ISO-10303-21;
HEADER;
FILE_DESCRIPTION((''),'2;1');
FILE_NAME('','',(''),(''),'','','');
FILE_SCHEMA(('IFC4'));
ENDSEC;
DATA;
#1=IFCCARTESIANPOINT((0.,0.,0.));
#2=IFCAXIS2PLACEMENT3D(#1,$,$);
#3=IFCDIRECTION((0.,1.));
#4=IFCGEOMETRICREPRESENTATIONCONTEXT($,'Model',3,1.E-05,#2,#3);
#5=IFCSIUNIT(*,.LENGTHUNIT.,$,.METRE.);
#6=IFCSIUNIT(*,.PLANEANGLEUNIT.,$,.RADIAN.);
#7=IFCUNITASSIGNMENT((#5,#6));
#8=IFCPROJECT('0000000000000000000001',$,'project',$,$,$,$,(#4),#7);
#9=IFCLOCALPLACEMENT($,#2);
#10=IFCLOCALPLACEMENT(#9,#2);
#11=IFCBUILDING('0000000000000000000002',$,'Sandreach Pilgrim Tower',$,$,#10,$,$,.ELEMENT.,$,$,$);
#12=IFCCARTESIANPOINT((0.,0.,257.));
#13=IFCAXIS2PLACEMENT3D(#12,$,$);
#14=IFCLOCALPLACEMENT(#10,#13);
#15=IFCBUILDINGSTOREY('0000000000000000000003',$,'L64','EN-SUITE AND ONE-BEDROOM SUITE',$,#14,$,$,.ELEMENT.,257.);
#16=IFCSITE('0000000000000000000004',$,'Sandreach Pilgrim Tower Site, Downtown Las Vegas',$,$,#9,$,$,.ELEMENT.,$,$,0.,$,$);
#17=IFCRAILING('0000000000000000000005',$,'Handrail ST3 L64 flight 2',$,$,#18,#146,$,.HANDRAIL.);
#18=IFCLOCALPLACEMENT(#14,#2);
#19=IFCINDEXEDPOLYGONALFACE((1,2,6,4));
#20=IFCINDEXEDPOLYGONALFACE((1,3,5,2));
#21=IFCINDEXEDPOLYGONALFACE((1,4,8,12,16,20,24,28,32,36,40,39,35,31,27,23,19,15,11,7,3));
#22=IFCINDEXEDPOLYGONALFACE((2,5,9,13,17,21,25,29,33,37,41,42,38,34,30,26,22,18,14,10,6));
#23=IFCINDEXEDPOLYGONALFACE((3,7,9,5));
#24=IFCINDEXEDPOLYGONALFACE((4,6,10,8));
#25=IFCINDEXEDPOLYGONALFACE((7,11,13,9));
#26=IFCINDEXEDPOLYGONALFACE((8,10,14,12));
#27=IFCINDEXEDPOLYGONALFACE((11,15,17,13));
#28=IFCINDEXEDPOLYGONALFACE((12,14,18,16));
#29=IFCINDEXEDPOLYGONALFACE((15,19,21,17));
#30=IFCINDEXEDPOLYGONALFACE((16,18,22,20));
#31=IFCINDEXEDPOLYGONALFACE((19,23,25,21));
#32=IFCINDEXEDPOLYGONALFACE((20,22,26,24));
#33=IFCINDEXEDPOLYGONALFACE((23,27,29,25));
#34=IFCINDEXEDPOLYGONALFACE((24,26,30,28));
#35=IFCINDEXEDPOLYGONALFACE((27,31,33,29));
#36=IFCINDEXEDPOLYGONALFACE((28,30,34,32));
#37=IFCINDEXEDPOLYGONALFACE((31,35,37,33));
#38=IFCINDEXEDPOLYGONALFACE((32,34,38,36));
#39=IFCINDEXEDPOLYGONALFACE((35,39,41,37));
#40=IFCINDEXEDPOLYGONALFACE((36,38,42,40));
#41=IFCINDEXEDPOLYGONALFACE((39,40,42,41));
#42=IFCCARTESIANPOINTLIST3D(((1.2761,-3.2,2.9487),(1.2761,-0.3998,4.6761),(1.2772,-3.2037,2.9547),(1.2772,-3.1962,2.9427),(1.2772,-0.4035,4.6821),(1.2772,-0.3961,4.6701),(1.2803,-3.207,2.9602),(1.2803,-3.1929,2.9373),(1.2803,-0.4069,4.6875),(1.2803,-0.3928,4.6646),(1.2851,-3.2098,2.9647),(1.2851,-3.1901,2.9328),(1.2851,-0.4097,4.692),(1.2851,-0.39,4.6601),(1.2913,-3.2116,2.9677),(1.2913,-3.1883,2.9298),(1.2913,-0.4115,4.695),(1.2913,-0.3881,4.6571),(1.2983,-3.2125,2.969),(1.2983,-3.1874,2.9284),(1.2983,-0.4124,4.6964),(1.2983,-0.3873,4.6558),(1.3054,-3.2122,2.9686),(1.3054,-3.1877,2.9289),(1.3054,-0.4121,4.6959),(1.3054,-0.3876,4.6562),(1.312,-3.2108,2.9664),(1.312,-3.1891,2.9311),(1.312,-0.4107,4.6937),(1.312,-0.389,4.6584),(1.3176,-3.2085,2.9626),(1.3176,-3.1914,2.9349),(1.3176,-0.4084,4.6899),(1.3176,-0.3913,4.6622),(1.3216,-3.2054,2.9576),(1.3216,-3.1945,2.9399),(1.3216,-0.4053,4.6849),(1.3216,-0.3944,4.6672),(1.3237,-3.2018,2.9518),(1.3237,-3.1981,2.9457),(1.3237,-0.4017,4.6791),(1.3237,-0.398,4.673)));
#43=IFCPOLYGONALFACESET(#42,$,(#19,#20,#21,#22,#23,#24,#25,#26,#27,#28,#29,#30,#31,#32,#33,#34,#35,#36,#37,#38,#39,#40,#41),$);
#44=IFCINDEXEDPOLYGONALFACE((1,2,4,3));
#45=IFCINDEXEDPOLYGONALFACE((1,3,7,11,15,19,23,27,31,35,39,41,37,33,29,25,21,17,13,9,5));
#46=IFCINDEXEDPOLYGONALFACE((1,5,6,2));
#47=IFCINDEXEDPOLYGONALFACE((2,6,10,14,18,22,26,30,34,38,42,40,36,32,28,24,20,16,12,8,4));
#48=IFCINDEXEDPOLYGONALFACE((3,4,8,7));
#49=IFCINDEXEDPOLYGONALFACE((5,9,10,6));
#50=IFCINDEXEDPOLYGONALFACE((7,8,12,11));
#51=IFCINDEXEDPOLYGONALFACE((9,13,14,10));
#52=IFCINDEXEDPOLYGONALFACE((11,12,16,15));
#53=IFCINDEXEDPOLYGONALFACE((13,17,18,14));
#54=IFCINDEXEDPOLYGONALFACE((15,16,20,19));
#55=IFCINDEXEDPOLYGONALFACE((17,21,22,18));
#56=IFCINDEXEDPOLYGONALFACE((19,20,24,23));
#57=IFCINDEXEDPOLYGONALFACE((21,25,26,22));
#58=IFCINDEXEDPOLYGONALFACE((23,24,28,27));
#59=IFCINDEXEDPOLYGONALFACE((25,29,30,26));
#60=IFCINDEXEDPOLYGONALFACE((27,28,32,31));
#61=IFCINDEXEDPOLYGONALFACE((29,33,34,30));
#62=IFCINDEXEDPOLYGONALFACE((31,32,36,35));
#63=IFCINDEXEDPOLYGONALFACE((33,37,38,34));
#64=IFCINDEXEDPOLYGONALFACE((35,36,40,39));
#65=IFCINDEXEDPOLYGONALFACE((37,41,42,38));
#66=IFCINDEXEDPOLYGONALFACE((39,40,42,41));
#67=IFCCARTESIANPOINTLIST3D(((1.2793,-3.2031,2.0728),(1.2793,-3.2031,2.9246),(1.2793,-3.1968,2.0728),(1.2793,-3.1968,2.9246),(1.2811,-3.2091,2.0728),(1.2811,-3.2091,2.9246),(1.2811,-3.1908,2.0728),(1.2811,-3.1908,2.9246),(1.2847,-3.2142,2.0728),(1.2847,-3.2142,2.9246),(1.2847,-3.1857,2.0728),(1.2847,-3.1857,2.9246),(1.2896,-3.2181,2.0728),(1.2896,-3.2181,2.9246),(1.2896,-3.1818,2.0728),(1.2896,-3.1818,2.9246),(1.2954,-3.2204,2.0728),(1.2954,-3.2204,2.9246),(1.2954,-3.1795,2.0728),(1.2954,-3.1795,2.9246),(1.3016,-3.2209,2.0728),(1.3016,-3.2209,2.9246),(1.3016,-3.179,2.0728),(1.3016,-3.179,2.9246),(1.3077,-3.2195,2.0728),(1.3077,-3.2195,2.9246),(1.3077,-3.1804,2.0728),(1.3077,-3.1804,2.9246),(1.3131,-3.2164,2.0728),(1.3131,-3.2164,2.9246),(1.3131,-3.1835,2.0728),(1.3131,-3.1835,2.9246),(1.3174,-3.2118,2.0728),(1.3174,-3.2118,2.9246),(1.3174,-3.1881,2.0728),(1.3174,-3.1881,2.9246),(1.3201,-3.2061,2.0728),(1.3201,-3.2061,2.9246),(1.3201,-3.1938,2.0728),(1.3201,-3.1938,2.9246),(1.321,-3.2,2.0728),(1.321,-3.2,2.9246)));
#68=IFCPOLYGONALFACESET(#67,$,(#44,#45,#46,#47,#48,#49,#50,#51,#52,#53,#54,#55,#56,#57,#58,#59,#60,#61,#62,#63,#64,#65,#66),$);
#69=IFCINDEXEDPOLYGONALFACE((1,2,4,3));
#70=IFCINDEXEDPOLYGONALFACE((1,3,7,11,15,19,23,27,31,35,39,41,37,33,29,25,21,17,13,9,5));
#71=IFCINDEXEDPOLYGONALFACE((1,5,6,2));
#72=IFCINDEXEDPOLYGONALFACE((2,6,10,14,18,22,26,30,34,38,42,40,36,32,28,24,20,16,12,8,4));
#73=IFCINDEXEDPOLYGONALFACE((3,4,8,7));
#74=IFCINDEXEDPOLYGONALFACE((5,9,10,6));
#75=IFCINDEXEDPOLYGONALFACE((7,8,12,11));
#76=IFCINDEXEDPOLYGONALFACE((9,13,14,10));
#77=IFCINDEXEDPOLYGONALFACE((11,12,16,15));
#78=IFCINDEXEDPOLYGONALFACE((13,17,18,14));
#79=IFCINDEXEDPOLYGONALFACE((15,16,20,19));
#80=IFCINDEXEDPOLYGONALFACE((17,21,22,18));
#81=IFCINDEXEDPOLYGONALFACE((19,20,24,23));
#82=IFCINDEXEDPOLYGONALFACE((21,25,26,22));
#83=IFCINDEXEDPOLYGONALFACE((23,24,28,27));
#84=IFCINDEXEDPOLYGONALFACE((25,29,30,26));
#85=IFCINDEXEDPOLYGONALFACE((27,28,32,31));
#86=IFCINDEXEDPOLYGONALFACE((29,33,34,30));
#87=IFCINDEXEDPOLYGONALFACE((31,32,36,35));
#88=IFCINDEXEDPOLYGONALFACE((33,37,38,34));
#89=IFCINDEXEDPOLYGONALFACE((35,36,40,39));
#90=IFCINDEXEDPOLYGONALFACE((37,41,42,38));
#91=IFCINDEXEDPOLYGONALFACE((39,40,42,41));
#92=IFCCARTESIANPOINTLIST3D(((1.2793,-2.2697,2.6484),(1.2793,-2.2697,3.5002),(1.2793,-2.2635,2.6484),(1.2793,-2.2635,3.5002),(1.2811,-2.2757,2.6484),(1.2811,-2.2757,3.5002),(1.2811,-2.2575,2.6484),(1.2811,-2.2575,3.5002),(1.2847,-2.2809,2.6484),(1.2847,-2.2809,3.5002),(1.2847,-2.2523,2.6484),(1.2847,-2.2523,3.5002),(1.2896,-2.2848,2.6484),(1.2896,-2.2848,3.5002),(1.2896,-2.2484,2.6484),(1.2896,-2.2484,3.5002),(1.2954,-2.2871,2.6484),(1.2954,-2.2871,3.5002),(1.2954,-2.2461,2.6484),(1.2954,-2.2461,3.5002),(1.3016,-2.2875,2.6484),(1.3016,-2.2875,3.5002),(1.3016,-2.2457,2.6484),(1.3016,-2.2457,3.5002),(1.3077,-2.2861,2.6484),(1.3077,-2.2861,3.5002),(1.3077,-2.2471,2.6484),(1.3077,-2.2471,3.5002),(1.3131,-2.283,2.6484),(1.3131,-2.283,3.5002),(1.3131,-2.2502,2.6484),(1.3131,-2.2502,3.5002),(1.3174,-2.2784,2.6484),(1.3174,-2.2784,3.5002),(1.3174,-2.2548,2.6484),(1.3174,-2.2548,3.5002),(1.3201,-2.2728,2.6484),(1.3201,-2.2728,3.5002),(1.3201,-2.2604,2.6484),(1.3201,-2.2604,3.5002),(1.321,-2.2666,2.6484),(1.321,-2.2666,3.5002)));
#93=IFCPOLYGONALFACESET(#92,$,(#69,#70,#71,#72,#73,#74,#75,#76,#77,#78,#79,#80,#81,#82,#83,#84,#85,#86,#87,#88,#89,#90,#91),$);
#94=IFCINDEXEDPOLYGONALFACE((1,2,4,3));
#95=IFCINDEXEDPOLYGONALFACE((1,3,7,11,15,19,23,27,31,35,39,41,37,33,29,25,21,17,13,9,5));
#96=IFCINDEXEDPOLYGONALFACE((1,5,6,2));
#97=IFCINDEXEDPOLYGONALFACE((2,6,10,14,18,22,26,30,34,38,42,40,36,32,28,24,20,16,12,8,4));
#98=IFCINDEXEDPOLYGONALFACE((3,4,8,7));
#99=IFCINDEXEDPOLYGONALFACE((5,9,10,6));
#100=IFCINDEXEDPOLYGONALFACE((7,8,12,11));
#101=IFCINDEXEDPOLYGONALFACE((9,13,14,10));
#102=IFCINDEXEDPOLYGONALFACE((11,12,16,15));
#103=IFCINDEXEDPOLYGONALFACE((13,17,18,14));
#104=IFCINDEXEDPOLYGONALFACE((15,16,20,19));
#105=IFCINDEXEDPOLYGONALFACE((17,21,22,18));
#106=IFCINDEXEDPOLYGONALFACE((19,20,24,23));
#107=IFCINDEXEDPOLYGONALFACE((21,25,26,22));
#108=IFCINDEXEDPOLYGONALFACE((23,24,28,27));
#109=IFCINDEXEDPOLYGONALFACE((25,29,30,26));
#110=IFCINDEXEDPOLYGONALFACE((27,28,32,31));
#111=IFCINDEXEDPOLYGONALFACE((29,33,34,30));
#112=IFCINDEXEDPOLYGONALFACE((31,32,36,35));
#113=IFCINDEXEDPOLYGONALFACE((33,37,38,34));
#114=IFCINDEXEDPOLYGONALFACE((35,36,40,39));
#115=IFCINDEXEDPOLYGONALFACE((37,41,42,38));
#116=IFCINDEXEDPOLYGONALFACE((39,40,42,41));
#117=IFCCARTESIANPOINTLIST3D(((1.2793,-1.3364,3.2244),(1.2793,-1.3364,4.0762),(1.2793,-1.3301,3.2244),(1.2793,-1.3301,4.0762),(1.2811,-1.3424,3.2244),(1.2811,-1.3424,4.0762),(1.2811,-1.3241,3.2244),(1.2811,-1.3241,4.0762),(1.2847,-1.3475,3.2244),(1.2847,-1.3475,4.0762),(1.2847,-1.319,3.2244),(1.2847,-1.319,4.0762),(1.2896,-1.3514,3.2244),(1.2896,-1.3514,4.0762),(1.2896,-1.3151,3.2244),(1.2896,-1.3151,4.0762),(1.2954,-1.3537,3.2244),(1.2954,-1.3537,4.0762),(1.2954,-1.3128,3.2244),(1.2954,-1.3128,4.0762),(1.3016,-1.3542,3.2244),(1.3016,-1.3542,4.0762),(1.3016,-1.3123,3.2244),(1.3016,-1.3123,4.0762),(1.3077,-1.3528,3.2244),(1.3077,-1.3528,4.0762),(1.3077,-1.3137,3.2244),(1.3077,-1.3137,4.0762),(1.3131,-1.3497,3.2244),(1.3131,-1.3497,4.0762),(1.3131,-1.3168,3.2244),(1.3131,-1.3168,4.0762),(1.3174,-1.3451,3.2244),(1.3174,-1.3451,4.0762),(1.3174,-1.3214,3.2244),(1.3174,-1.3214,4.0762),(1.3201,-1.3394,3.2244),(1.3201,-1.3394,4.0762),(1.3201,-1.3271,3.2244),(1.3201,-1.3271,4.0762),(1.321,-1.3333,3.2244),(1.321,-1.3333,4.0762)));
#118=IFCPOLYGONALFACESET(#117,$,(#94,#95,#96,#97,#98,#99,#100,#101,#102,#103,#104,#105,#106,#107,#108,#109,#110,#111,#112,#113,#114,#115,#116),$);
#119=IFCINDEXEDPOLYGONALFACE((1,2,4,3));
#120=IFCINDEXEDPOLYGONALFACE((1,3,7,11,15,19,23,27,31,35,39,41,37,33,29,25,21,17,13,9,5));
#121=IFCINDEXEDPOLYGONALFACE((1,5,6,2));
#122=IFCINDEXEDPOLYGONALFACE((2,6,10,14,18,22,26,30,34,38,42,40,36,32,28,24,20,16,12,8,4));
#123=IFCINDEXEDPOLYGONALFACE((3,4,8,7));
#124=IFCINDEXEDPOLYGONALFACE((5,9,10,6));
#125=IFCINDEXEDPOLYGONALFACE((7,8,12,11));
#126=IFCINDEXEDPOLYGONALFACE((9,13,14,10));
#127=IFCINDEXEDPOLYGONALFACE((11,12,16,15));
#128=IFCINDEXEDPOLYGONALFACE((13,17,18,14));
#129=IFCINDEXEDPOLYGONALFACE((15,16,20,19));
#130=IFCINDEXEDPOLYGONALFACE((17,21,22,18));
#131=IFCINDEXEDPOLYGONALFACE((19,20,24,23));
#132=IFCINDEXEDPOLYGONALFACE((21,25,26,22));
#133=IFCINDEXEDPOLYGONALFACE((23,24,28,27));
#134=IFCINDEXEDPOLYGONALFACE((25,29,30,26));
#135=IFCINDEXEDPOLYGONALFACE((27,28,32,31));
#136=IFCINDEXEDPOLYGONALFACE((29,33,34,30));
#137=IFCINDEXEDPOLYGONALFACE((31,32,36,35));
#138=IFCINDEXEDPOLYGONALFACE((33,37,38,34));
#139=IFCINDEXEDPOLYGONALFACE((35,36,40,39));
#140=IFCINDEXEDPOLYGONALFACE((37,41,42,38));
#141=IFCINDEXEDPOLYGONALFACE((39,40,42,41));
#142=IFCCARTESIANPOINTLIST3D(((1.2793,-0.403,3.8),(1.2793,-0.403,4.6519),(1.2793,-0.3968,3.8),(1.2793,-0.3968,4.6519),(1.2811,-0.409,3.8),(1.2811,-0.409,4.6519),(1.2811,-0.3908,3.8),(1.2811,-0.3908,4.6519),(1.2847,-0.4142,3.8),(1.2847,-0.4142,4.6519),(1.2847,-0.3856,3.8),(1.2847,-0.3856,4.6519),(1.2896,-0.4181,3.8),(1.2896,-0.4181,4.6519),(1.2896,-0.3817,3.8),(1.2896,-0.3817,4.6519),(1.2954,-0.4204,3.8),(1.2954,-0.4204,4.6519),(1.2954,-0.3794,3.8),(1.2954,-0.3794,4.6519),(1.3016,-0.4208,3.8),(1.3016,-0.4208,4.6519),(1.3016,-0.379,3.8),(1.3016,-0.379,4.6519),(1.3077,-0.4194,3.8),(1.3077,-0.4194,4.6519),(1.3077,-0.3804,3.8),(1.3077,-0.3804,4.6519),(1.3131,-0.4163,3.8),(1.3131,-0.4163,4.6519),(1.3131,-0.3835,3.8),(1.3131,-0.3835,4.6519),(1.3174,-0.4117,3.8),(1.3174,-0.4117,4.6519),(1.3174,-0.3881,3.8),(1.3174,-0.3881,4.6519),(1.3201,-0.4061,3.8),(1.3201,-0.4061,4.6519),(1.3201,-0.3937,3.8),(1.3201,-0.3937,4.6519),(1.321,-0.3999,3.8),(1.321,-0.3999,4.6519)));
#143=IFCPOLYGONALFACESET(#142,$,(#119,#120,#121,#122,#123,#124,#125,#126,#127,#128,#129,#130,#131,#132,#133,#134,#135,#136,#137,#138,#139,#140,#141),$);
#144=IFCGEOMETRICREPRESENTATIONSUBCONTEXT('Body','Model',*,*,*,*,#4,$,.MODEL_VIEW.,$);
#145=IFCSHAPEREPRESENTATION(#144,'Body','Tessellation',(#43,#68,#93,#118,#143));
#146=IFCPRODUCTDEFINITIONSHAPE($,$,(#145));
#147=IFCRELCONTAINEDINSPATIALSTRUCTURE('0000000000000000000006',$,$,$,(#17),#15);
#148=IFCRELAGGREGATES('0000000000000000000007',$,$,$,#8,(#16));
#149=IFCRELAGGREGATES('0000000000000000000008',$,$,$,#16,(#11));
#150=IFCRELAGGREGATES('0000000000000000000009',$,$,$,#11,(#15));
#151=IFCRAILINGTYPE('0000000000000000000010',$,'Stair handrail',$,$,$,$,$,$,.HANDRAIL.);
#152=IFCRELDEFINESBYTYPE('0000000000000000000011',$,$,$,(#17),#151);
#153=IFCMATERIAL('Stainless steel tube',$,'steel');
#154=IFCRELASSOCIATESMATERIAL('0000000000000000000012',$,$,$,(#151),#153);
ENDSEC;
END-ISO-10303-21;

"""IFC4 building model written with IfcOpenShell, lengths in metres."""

from ifc_helpers import new_model, si_unit, direction, frame, origin, origin_2d, place, context, subcontext, project, spatial, circle, extrude, material, type_object, element, save


model = new_model("IFC4")

# Units and contexts
model_context = context("Model", 3, precision=1e-05, world=origin(), true_north=direction((0.0, 1.0)))
body_context = subcontext(model_context, "Body", "Model", "MODEL_VIEW")
ifc_project = project(units=[si_unit("LENGTHUNIT", "METRE"), si_unit("PLANEANGLEUNIT", "RADIAN")], contexts=[model_context])

# Site, building, storey
site_placement = place(None, origin())
site = spatial("IfcSite", under=ifc_project, at=site_placement, Name="Sandreach Pilgrim Tower Site, Downtown Las Vegas", CompositionType="ELEMENT", RefElevation=0.0)
building_placement = place(site_placement, origin())
building = spatial("IfcBuilding", under=site, at=building_placement, Name="Sandreach Pilgrim Tower", CompositionType="ELEMENT")
storey_placement = place(building_placement, frame((0.0, 0.0, 257.0)))
storey = spatial("IfcBuildingStorey", under=building, at=storey_placement, Name="L64", Description="EN-SUITE AND ONE-BEDROOM SUITE", CompositionType="ELEMENT", Elevation=257.0)

# Railing
ifc_material_1 = material(Name="Stainless steel tube", Category="steel")
railing_type = type_object("IfcRailingType", Name="Stair handrail", PredefinedType="HANDRAIL", material=ifc_material_1)
for number, where, name in (
    (1, (1.3, -3.2, 2.0728), "Handrail ST3 L64 flight 2"),
):
    element("IfcRailing", number, at=place(storey_placement, frame(where)), inside=storey, type_object=railing_type, Name=name, PredefinedType="HANDRAIL", context=body_context, shape_type="SweptSolid", body=[
        extrude(circle(Radius=0.0239, at=origin_2d()), frame((0.0, 0.0, 0.876), z_axis=(0.0, 0.85109, 0.52502), x_axis=(-1.0, 0.0, 0.0)), (0.0, 0.0, 1.0), 3.29),
        extrude(circle(Radius=0.021, at=origin_2d()), origin(), (0.0, 0.0, 1.0), 0.8518),
        extrude(circle(Radius=0.021, at=origin_2d()), frame((0.0, 0.9333, 0.5757)), (0.0, 0.0, 1.0), 0.8518),
        extrude(circle(Radius=0.021, at=origin_2d()), frame((0.0, 1.8667, 1.1516)), (0.0, 0.0, 1.0), 0.8518),
        extrude(circle(Radius=0.021, at=origin_2d()), frame((0.0, 2.8, 1.7273)), (0.0, 0.0, 1.0), 0.8518),
    ])

save(model, "model.ifc")
